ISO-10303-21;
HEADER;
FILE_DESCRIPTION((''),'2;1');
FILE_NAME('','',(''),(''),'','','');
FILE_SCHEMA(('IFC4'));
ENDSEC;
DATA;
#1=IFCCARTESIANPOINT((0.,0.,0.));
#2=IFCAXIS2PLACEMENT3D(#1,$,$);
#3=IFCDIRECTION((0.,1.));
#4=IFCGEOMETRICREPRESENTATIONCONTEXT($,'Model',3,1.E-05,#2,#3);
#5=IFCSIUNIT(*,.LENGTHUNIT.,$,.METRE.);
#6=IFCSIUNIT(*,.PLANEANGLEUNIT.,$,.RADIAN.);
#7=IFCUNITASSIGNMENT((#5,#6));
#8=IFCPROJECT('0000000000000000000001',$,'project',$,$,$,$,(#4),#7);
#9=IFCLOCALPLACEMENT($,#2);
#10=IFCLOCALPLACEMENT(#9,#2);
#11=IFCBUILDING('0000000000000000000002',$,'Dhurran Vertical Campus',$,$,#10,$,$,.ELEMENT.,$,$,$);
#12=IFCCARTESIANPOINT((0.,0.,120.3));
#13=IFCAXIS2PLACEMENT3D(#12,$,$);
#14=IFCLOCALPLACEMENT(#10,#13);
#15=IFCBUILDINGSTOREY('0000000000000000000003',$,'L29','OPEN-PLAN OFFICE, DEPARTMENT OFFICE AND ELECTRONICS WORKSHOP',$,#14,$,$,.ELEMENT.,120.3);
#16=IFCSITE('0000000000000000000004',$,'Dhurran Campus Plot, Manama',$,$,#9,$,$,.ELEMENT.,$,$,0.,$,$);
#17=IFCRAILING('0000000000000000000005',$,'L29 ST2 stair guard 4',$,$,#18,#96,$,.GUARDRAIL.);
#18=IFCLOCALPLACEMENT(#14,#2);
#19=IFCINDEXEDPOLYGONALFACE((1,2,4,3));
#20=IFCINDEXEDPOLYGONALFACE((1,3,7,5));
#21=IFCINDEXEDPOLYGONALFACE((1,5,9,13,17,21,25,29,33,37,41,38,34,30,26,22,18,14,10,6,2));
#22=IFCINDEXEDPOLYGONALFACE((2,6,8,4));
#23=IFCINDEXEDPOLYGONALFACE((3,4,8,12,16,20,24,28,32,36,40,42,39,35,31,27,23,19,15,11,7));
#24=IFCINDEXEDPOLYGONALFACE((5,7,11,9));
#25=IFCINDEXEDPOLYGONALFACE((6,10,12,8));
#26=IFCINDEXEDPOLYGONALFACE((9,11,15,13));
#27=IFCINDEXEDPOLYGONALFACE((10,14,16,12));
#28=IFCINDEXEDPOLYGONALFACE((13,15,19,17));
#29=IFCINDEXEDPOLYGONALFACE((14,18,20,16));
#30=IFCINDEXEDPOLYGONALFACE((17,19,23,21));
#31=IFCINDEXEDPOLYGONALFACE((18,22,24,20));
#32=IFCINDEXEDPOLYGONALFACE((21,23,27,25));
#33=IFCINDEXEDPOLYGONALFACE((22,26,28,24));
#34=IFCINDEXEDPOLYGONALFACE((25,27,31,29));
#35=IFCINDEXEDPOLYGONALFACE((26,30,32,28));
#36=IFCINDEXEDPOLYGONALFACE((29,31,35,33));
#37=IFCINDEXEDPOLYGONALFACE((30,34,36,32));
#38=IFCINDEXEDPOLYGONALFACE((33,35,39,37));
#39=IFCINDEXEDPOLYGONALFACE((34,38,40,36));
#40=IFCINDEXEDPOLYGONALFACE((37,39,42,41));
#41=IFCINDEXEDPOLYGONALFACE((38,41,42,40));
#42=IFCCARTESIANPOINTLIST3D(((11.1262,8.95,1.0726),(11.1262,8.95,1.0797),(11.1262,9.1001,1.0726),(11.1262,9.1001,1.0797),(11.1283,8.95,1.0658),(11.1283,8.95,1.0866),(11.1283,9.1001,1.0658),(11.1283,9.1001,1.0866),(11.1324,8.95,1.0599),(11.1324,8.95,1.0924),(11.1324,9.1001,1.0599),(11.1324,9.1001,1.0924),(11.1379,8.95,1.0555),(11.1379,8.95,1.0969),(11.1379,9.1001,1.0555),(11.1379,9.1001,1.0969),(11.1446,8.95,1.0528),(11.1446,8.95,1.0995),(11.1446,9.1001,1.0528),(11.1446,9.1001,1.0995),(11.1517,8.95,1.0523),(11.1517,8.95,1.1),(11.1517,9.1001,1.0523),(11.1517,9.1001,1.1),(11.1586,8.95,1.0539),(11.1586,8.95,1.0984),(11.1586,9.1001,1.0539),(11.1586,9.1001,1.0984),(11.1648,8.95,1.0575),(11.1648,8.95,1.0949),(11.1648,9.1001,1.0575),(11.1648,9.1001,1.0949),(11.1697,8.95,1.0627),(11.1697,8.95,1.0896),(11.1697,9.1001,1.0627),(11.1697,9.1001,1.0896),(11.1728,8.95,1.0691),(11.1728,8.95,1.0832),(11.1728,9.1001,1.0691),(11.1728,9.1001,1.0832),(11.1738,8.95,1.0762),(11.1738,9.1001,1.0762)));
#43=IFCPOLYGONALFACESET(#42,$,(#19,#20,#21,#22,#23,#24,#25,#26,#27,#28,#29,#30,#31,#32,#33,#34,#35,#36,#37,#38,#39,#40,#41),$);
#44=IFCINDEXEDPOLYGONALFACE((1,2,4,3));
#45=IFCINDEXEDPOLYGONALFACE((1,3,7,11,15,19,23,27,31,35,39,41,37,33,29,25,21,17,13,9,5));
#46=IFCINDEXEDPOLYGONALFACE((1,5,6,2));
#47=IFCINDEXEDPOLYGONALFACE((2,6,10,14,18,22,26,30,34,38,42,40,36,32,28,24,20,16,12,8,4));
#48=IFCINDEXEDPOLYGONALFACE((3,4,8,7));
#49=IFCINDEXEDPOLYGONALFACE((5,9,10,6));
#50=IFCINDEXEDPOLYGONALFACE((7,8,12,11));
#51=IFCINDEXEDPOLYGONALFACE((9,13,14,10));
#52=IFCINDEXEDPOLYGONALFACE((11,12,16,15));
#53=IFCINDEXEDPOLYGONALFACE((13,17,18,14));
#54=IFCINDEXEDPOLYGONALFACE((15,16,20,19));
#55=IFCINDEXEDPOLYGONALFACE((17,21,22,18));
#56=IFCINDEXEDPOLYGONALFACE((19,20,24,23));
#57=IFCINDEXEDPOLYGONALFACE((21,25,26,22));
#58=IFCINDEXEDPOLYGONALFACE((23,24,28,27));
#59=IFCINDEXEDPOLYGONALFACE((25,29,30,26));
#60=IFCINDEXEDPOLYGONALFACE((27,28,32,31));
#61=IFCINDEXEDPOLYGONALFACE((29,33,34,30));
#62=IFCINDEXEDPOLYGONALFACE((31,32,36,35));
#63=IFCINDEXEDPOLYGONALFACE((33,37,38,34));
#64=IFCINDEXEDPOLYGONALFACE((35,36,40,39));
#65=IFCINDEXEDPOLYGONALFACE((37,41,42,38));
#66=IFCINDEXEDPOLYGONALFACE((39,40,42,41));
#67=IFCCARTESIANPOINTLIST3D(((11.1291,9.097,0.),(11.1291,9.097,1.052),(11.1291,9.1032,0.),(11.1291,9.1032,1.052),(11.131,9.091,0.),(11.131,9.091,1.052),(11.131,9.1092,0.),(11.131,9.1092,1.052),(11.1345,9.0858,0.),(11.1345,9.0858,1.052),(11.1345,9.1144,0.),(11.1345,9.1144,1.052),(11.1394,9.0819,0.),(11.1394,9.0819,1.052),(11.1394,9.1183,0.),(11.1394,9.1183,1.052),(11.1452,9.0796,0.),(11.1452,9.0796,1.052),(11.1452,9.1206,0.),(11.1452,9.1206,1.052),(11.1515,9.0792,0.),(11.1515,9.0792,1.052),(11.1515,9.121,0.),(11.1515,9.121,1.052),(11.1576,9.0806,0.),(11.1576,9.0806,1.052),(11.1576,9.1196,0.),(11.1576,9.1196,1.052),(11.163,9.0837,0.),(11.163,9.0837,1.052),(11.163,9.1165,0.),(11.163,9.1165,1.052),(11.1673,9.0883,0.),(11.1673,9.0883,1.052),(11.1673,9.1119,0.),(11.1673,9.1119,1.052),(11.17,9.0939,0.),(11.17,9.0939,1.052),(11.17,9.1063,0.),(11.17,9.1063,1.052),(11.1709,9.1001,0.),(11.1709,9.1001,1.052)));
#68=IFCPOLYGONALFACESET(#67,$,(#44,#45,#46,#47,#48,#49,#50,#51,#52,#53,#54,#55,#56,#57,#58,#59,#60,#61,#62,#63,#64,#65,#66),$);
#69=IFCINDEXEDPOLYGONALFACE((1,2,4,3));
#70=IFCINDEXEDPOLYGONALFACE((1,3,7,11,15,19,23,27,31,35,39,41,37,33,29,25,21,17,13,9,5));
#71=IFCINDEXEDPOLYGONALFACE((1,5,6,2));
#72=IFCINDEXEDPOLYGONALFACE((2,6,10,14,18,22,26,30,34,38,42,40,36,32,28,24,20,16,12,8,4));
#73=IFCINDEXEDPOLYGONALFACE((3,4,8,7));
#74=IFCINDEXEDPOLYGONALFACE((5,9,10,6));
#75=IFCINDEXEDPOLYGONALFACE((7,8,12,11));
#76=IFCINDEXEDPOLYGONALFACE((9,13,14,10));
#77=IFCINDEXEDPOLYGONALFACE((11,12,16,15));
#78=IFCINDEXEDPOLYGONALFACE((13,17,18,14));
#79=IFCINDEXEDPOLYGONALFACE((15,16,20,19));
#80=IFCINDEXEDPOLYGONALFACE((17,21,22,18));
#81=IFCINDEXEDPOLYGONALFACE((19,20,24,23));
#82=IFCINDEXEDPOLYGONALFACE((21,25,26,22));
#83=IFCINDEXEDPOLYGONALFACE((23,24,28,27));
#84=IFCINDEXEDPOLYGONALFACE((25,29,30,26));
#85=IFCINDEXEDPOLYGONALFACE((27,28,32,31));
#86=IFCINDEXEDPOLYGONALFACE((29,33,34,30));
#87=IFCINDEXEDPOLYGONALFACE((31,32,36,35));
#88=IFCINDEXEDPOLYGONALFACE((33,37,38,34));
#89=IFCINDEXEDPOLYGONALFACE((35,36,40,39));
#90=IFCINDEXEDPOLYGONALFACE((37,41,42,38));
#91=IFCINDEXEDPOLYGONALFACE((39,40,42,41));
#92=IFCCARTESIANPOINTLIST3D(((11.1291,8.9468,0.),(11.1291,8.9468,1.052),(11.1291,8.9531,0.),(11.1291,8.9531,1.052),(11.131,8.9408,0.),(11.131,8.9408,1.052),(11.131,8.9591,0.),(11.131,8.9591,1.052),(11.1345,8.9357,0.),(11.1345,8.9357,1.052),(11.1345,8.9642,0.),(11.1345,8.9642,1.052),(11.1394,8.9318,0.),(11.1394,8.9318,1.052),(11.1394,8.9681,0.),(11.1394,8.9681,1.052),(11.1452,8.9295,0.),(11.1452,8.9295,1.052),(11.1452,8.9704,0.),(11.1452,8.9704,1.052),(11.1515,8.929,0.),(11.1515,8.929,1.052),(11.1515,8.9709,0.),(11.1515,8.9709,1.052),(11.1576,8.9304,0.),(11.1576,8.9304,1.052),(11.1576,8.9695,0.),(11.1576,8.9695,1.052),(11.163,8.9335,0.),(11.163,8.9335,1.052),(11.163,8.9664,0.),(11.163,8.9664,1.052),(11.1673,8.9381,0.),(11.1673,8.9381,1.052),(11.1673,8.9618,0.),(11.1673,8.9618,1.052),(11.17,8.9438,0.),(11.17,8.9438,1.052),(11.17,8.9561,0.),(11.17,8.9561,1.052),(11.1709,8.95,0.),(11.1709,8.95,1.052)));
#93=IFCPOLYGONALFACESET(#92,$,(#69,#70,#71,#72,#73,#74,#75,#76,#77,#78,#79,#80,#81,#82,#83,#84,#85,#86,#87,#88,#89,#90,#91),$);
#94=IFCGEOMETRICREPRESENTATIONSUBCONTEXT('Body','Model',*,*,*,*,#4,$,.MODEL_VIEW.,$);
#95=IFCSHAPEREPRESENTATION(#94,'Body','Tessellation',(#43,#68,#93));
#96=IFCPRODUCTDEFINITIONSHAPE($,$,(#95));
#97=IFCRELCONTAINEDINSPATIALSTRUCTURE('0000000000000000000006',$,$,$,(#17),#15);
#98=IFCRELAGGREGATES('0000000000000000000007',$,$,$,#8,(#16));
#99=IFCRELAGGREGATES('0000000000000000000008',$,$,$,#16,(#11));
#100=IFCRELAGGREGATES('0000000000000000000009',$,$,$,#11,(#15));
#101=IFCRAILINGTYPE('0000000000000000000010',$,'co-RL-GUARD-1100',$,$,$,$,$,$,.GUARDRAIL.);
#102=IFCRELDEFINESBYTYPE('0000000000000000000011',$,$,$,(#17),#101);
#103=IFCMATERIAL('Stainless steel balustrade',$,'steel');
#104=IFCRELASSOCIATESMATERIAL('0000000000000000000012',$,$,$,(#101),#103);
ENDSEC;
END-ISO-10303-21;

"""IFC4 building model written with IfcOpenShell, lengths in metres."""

from ifc_helpers import new_model, si_unit, direction, frame, origin, origin_2d, place, context, subcontext, project, spatial, circle, extrude, material, type_object, element, save


model = new_model("IFC4")

# Units and contexts
model_context = context("Model", 3, precision=1e-05, world=origin(), true_north=direction((0.0, 1.0)))
body_context = subcontext(model_context, "Body", "Model", "MODEL_VIEW")
ifc_project = project(units=[si_unit("LENGTHUNIT", "METRE"), si_unit("PLANEANGLEUNIT", "RADIAN")], contexts=[model_context])

# Site, building, storey
site_placement = place(None, origin())
site = spatial("IfcSite", under=ifc_project, at=site_placement, Name="Dhurran Campus Plot, Manama", CompositionType="ELEMENT", RefElevation=0.0)
building_placement = place(site_placement, origin())
building = spatial("IfcBuilding", under=site, at=building_placement, Name="Dhurran Vertical Campus", CompositionType="ELEMENT")
storey_placement = place(building_placement, frame((0.0, 0.0, 120.3)))
storey = spatial("IfcBuildingStorey", under=building, at=storey_placement, Name="L29", Description="OPEN-PLAN OFFICE, DEPARTMENT OFFICE AND ELECTRONICS WORKSHOP", CompositionType="ELEMENT", Elevation=120.3)

# Railing
ifc_material_1 = material(Name="Stainless steel balustrade", Category="steel")
railing_type_1 = type_object("IfcRailingType", Name="co-RL-GUARD-1100", PredefinedType="GUARDRAIL", material=ifc_material_1)
railing_1_placement = place(storey_placement, frame((11.1499, 9.1001, 0.0)))
element("IfcRailing", 1, at=railing_1_placement, inside=storey, type_object=railing_type_1, Name="L29 ST2 stair guard 4", PredefinedType="GUARDRAIL", context=body_context, shape_type="SweptSolid", body=[
    extrude(circle(Radius=0.0239, at=origin_2d()), frame((0.0, 0.0, 1.0762), z_axis=(0.0, -1.0, 0.0), x_axis=(1.0, 0.0, 0.0)), (0.0, 0.0, 1.0), 0.1501),
    extrude(circle(Radius=0.021, at=origin_2d()), origin(), (0.0, 0.0, 1.0), 1.052),
    extrude(circle(Radius=0.021, at=origin_2d()), frame((0.0, -0.1501, 0.0)), (0.0, 0.0, 1.0), 1.052),
])

save(model, "model.ifc")
